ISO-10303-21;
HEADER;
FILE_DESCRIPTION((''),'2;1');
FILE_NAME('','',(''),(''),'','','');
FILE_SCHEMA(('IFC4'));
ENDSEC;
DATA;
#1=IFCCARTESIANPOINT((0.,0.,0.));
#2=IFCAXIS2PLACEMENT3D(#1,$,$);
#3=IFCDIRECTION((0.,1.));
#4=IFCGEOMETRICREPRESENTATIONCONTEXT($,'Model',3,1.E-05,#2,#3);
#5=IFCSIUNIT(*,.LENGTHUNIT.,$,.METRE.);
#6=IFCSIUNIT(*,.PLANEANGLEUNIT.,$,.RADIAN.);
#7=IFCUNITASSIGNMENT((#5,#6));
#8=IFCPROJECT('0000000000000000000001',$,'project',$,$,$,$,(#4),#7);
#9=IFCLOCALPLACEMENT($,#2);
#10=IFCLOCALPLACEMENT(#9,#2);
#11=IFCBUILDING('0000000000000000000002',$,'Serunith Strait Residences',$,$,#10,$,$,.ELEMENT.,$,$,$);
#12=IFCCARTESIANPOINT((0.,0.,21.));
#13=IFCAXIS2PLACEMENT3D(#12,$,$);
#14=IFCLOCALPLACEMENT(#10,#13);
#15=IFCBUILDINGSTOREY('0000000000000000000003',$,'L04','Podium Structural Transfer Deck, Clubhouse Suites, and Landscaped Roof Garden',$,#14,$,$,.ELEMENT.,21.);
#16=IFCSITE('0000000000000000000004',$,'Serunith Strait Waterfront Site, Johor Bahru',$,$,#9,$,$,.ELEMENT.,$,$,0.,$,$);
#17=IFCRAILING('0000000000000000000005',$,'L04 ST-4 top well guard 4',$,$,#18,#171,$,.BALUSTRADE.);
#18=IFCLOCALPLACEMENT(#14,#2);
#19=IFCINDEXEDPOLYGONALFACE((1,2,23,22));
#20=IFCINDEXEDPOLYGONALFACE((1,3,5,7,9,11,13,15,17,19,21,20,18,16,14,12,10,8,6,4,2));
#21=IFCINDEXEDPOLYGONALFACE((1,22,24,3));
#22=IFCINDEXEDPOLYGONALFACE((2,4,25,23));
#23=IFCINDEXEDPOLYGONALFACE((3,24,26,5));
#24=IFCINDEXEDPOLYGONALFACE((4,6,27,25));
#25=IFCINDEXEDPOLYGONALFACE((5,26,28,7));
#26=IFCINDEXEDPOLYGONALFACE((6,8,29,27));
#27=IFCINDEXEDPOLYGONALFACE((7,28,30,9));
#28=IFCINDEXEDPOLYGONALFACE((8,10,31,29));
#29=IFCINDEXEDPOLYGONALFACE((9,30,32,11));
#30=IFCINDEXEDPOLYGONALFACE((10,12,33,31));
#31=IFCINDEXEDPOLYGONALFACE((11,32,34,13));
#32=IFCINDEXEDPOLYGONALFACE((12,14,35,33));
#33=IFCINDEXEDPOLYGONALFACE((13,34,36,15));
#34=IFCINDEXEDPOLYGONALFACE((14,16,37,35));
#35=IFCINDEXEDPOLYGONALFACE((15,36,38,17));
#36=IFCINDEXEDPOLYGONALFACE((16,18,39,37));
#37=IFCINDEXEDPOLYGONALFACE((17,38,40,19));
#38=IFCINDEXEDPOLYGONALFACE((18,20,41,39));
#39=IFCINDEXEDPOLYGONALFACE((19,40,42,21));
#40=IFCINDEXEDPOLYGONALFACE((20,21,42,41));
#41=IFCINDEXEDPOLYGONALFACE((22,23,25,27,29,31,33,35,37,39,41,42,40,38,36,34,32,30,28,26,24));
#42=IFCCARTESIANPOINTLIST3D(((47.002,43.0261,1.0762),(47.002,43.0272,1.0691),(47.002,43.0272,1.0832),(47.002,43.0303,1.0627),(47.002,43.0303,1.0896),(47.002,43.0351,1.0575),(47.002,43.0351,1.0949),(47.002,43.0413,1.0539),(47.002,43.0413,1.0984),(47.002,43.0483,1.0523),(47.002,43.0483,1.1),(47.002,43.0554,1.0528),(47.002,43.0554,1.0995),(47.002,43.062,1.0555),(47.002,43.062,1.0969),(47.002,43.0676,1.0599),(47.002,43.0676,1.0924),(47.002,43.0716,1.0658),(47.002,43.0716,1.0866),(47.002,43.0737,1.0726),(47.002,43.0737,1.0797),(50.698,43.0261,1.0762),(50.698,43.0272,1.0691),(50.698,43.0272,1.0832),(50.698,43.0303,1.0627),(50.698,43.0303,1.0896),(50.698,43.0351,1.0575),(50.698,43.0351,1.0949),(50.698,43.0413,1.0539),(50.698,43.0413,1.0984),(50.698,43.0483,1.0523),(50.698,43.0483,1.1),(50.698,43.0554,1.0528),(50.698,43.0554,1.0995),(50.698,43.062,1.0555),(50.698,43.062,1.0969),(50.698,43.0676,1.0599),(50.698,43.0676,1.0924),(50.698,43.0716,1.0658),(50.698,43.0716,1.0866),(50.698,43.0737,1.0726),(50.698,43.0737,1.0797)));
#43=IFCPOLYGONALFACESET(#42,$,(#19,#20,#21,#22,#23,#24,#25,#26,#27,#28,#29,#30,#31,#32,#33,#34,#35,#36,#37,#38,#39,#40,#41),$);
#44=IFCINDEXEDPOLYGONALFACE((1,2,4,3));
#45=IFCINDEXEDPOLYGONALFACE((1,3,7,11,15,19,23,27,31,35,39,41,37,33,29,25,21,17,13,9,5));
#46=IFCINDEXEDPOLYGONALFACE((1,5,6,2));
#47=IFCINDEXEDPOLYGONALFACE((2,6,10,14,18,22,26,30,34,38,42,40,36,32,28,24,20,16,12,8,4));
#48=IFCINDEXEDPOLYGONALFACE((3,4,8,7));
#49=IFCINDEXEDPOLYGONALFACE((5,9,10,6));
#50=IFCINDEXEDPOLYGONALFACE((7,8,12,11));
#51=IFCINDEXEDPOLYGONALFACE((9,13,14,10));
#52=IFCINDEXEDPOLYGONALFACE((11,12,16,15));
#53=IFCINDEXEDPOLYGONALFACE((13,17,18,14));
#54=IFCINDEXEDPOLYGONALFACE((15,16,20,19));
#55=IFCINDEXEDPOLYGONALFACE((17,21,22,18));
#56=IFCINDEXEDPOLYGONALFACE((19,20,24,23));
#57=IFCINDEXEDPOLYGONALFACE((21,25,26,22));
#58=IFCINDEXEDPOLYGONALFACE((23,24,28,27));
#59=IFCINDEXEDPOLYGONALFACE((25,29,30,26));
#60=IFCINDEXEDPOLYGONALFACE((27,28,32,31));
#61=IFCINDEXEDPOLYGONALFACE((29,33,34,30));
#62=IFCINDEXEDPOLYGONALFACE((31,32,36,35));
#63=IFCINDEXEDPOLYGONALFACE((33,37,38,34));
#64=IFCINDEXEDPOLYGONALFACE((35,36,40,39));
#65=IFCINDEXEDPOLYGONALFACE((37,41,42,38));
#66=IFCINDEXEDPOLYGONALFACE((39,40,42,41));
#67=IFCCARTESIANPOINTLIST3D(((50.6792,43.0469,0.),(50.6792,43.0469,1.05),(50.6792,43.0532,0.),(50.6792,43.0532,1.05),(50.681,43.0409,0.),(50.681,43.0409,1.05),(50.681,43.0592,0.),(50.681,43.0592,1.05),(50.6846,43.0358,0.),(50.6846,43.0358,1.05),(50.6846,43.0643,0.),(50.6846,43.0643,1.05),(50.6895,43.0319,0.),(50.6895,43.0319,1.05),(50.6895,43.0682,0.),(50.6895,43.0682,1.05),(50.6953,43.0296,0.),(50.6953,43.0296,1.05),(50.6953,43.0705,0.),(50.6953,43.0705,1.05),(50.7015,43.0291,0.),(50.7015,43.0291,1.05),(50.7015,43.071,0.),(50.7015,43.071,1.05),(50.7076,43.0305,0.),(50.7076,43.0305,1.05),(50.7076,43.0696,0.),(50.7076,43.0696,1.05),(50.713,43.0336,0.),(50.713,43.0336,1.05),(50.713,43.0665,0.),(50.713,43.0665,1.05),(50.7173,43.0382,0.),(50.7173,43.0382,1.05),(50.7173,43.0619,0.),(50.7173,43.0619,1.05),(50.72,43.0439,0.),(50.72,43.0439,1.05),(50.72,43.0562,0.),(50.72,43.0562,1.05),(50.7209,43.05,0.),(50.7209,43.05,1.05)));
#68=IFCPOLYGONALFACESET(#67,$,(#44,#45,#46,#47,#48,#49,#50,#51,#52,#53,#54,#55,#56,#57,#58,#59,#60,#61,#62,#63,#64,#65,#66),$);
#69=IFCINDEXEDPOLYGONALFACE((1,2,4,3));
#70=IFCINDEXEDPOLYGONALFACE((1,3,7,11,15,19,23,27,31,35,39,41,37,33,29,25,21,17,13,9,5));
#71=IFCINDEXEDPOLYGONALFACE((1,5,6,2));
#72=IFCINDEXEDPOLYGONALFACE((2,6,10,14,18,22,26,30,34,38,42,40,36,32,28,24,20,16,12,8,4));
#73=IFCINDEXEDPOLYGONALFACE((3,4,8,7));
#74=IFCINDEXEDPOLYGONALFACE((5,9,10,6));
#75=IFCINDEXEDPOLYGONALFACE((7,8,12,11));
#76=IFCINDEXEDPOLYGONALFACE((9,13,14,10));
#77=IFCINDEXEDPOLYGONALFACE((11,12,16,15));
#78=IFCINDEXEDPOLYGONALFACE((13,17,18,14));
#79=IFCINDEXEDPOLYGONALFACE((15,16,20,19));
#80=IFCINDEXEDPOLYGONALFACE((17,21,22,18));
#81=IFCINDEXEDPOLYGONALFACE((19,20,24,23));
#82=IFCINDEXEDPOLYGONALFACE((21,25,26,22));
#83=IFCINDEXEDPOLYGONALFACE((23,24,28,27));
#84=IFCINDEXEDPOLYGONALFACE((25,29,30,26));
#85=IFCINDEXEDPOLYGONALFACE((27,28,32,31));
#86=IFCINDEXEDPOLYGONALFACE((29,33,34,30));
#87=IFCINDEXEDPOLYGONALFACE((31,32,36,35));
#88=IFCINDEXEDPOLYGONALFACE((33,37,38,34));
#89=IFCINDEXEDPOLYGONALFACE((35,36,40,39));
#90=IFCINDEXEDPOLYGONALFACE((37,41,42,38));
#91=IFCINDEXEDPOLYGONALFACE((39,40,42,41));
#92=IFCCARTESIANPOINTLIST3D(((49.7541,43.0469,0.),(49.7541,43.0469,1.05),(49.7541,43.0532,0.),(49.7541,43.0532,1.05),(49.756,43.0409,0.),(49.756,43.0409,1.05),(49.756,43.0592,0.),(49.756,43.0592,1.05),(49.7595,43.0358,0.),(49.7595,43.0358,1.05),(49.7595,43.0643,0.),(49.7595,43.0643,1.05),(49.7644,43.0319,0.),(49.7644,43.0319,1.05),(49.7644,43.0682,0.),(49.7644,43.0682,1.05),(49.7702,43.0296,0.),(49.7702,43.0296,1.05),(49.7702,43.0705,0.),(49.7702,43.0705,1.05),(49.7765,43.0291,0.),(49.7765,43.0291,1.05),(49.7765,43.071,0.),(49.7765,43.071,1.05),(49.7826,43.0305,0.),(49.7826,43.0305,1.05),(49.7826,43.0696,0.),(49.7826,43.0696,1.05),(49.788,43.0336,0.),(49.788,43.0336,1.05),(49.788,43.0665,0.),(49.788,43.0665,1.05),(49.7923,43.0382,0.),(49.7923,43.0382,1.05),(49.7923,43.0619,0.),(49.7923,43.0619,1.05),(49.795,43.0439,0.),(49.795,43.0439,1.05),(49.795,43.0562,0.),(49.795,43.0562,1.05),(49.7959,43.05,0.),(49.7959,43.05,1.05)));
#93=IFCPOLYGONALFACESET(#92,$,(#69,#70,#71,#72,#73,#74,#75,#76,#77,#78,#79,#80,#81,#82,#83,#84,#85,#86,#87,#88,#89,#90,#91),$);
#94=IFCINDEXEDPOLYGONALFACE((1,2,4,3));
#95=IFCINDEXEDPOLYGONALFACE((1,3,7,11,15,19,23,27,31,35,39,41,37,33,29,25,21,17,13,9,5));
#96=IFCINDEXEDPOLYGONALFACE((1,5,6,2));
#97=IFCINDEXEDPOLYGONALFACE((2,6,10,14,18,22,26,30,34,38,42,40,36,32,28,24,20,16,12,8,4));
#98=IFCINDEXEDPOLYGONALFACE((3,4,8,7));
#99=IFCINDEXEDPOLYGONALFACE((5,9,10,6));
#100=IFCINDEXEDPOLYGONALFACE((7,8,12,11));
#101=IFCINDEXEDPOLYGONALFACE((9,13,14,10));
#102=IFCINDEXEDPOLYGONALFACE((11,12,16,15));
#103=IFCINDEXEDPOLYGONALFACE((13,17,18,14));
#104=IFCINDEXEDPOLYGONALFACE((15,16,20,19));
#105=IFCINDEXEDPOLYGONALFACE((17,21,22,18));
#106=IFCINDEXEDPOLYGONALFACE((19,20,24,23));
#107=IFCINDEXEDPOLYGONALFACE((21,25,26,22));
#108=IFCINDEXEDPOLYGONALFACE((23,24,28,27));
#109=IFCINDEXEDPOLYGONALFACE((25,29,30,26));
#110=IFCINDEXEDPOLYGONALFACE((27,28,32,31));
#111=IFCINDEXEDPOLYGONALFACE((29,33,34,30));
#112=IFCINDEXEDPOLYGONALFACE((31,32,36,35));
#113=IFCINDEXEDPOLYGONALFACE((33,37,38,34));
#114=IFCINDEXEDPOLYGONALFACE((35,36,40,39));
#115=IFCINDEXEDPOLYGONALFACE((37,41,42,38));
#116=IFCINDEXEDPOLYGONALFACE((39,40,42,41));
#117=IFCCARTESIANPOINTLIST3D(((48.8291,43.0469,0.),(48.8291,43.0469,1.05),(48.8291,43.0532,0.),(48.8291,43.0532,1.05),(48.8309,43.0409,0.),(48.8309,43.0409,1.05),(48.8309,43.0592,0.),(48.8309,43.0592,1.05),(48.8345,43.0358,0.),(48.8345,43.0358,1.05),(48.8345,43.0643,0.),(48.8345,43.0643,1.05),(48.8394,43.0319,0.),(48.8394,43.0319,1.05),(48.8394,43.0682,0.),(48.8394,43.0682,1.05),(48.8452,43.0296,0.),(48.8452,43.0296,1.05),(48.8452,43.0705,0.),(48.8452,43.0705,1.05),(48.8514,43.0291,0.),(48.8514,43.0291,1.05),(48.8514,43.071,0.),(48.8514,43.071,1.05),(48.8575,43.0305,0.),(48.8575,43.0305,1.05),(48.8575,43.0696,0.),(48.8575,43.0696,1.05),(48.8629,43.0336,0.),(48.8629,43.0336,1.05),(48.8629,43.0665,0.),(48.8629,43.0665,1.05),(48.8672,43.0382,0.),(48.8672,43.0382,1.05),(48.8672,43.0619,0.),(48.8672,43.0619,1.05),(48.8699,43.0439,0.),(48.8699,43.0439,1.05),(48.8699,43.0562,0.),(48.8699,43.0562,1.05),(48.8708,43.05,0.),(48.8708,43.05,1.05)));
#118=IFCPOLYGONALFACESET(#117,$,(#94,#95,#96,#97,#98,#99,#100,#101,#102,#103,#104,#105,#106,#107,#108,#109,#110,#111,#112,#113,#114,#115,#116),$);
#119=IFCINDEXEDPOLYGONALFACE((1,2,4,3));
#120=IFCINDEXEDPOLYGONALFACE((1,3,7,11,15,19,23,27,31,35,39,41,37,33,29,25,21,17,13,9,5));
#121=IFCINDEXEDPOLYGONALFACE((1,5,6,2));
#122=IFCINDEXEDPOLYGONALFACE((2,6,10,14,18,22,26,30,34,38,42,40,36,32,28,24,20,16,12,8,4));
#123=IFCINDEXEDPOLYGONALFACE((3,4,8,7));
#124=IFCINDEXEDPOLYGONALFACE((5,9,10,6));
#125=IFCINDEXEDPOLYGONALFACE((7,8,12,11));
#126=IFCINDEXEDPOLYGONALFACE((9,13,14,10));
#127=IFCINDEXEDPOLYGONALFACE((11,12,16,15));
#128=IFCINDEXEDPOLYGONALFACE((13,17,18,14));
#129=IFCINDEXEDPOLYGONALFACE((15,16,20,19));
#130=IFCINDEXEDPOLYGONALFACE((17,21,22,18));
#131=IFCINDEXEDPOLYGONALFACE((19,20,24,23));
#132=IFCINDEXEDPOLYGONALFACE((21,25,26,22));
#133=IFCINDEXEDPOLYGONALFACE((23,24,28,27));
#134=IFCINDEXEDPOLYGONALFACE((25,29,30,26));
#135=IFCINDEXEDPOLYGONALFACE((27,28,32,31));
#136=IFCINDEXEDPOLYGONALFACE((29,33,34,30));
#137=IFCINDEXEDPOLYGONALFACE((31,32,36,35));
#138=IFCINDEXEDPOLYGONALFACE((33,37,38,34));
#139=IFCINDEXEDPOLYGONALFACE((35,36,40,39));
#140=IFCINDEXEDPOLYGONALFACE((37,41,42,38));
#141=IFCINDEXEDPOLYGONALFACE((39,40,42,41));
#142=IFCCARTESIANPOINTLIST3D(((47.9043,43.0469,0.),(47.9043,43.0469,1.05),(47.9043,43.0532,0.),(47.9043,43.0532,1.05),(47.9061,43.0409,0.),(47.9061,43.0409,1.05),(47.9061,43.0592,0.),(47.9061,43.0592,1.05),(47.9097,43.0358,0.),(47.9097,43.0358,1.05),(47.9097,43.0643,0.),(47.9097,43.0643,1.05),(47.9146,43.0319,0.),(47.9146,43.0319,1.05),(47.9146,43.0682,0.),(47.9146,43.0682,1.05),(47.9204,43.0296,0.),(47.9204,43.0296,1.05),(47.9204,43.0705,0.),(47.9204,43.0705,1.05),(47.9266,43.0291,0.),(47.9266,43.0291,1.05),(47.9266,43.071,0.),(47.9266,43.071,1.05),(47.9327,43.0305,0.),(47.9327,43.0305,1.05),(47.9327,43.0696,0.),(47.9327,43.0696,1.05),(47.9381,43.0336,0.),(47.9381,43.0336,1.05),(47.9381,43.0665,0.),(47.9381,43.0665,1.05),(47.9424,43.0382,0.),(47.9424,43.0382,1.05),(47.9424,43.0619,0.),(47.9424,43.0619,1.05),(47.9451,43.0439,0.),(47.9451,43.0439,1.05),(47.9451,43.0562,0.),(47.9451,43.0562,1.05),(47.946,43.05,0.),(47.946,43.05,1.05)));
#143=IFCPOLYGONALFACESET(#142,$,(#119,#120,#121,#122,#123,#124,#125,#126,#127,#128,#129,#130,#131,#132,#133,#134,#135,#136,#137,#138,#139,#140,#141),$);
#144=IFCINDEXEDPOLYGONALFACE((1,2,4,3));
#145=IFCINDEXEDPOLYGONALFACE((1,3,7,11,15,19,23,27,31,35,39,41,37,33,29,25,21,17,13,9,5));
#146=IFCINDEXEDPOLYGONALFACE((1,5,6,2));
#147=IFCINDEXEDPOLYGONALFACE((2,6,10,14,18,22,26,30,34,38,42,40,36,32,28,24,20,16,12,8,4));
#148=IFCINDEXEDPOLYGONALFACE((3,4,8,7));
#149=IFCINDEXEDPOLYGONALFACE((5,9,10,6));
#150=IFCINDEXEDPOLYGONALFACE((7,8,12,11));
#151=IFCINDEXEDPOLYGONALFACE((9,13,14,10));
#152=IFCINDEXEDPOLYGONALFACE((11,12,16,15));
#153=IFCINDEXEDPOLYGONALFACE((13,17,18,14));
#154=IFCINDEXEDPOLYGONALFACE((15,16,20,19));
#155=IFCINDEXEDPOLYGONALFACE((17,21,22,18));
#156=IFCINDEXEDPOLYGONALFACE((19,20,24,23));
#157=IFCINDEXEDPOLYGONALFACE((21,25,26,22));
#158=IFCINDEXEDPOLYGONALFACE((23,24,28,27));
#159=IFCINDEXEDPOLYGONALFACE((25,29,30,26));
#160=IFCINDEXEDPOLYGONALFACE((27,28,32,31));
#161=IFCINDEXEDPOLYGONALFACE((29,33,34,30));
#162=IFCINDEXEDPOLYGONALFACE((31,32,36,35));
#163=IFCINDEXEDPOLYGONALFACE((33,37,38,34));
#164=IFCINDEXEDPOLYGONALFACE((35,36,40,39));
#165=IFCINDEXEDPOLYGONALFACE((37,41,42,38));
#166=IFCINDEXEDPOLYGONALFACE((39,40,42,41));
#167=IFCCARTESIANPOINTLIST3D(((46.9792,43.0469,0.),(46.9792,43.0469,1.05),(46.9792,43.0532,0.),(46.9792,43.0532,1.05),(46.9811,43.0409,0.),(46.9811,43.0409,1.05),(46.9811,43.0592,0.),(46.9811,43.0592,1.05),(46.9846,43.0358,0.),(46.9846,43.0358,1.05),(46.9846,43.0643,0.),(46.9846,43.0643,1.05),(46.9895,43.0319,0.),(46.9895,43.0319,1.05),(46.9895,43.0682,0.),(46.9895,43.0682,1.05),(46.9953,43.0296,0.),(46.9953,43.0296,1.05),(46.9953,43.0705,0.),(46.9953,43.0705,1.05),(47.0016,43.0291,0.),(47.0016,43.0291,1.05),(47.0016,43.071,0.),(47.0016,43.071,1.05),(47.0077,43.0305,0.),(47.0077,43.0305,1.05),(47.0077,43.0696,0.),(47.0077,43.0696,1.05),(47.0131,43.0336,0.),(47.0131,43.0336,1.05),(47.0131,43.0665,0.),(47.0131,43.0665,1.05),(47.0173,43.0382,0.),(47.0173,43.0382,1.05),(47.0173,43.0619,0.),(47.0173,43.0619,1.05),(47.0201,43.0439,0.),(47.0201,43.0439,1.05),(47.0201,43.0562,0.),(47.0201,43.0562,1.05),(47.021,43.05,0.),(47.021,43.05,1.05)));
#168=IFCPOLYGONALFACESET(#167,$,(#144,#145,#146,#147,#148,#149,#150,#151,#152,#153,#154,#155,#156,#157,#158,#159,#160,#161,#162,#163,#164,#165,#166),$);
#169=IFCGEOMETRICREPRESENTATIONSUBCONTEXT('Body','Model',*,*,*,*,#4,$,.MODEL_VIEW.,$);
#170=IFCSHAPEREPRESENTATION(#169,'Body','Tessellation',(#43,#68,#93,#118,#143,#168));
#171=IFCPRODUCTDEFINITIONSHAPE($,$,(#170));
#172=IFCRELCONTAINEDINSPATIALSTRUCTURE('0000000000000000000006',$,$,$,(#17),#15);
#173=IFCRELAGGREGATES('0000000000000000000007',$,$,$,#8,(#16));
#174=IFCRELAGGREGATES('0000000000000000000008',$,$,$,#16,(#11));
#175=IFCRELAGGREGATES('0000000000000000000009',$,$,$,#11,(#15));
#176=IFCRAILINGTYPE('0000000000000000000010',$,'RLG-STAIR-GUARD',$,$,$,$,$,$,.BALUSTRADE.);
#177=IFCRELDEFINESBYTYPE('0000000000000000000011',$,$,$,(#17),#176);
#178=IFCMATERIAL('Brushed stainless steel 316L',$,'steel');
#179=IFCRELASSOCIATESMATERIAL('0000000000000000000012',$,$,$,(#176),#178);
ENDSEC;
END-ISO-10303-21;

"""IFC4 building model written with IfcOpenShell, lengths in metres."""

from ifc_helpers import new_model, si_unit, direction, frame, origin, origin_2d, place, context, subcontext, project, spatial, circle, extrude, material, type_object, element, save


model = new_model("IFC4")

# Units and contexts
model_context = context("Model", 3, precision=1e-05, world=origin(), true_north=direction((0.0, 1.0)))
body_context = subcontext(model_context, "Body", "Model", "MODEL_VIEW")
ifc_project = project(units=[si_unit("LENGTHUNIT", "METRE"), si_unit("PLANEANGLEUNIT", "RADIAN")], contexts=[model_context])

# Site, building, storey
site_placement = place(None, origin())
site = spatial("IfcSite", under=ifc_project, at=site_placement, Name="Serunith Strait Waterfront Site, Johor Bahru", CompositionType="ELEMENT", RefElevation=0.0)
building_placement = place(site_placement, origin())
building = spatial("IfcBuilding", under=site, at=building_placement, Name="Serunith Strait Residences", CompositionType="ELEMENT")
storey_placement = place(building_placement, frame((0.0, 0.0, 21.0)))
storey = spatial("IfcBuildingStorey", under=building, at=storey_placement, Name="L04", Description="Podium Structural Transfer Deck, Clubhouse Suites, and Landscaped Roof Garden", CompositionType="ELEMENT", Elevation=21.0)

# Railing
ifc_material_1 = material(Name="Brushed stainless steel 316L", Category="steel")
railing_type = type_object("IfcRailingType", Name="RLG-STAIR-GUARD", PredefinedType="BALUSTRADE", material=ifc_material_1)
railing_1_placement = place(storey_placement, frame((50.7, 43.05, 0.0)))
element("IfcRailing", 1, at=railing_1_placement, inside=storey, type_object=railing_type, Name="L04 ST-4 top well guard 4", PredefinedType="BALUSTRADE", context=body_context, shape_type="SweptSolid", body=[
    extrude(circle(Radius=0.0239, at=origin_2d()), frame((-0.002, 0.0, 1.0762), z_axis=(-1.0, 0.0, 0.0), x_axis=(0.0, -1.0, 0.0)), (0.0, 0.0, 1.0), 3.696),
    extrude(circle(Radius=0.021, at=origin_2d()), origin(), (0.0, 0.0, 1.0), 1.05),
    extrude(circle(Radius=0.021, at=origin_2d()), frame((-0.925, 0.0, 0.0)), (0.0, 0.0, 1.0), 1.05),
    extrude(circle(Radius=0.021, at=origin_2d()), frame((-1.8501, 0.0, 0.0)), (0.0, 0.0, 1.0), 1.05),
    extrude(circle(Radius=0.021, at=origin_2d()), frame((-2.7749, 0.0, 0.0)), (0.0, 0.0, 1.0), 1.05),
    extrude(circle(Radius=0.021, at=origin_2d()), frame((-3.7, 0.0, 0.0)), (0.0, 0.0, 1.0), 1.05),
])

save(model, "model.ifc")
